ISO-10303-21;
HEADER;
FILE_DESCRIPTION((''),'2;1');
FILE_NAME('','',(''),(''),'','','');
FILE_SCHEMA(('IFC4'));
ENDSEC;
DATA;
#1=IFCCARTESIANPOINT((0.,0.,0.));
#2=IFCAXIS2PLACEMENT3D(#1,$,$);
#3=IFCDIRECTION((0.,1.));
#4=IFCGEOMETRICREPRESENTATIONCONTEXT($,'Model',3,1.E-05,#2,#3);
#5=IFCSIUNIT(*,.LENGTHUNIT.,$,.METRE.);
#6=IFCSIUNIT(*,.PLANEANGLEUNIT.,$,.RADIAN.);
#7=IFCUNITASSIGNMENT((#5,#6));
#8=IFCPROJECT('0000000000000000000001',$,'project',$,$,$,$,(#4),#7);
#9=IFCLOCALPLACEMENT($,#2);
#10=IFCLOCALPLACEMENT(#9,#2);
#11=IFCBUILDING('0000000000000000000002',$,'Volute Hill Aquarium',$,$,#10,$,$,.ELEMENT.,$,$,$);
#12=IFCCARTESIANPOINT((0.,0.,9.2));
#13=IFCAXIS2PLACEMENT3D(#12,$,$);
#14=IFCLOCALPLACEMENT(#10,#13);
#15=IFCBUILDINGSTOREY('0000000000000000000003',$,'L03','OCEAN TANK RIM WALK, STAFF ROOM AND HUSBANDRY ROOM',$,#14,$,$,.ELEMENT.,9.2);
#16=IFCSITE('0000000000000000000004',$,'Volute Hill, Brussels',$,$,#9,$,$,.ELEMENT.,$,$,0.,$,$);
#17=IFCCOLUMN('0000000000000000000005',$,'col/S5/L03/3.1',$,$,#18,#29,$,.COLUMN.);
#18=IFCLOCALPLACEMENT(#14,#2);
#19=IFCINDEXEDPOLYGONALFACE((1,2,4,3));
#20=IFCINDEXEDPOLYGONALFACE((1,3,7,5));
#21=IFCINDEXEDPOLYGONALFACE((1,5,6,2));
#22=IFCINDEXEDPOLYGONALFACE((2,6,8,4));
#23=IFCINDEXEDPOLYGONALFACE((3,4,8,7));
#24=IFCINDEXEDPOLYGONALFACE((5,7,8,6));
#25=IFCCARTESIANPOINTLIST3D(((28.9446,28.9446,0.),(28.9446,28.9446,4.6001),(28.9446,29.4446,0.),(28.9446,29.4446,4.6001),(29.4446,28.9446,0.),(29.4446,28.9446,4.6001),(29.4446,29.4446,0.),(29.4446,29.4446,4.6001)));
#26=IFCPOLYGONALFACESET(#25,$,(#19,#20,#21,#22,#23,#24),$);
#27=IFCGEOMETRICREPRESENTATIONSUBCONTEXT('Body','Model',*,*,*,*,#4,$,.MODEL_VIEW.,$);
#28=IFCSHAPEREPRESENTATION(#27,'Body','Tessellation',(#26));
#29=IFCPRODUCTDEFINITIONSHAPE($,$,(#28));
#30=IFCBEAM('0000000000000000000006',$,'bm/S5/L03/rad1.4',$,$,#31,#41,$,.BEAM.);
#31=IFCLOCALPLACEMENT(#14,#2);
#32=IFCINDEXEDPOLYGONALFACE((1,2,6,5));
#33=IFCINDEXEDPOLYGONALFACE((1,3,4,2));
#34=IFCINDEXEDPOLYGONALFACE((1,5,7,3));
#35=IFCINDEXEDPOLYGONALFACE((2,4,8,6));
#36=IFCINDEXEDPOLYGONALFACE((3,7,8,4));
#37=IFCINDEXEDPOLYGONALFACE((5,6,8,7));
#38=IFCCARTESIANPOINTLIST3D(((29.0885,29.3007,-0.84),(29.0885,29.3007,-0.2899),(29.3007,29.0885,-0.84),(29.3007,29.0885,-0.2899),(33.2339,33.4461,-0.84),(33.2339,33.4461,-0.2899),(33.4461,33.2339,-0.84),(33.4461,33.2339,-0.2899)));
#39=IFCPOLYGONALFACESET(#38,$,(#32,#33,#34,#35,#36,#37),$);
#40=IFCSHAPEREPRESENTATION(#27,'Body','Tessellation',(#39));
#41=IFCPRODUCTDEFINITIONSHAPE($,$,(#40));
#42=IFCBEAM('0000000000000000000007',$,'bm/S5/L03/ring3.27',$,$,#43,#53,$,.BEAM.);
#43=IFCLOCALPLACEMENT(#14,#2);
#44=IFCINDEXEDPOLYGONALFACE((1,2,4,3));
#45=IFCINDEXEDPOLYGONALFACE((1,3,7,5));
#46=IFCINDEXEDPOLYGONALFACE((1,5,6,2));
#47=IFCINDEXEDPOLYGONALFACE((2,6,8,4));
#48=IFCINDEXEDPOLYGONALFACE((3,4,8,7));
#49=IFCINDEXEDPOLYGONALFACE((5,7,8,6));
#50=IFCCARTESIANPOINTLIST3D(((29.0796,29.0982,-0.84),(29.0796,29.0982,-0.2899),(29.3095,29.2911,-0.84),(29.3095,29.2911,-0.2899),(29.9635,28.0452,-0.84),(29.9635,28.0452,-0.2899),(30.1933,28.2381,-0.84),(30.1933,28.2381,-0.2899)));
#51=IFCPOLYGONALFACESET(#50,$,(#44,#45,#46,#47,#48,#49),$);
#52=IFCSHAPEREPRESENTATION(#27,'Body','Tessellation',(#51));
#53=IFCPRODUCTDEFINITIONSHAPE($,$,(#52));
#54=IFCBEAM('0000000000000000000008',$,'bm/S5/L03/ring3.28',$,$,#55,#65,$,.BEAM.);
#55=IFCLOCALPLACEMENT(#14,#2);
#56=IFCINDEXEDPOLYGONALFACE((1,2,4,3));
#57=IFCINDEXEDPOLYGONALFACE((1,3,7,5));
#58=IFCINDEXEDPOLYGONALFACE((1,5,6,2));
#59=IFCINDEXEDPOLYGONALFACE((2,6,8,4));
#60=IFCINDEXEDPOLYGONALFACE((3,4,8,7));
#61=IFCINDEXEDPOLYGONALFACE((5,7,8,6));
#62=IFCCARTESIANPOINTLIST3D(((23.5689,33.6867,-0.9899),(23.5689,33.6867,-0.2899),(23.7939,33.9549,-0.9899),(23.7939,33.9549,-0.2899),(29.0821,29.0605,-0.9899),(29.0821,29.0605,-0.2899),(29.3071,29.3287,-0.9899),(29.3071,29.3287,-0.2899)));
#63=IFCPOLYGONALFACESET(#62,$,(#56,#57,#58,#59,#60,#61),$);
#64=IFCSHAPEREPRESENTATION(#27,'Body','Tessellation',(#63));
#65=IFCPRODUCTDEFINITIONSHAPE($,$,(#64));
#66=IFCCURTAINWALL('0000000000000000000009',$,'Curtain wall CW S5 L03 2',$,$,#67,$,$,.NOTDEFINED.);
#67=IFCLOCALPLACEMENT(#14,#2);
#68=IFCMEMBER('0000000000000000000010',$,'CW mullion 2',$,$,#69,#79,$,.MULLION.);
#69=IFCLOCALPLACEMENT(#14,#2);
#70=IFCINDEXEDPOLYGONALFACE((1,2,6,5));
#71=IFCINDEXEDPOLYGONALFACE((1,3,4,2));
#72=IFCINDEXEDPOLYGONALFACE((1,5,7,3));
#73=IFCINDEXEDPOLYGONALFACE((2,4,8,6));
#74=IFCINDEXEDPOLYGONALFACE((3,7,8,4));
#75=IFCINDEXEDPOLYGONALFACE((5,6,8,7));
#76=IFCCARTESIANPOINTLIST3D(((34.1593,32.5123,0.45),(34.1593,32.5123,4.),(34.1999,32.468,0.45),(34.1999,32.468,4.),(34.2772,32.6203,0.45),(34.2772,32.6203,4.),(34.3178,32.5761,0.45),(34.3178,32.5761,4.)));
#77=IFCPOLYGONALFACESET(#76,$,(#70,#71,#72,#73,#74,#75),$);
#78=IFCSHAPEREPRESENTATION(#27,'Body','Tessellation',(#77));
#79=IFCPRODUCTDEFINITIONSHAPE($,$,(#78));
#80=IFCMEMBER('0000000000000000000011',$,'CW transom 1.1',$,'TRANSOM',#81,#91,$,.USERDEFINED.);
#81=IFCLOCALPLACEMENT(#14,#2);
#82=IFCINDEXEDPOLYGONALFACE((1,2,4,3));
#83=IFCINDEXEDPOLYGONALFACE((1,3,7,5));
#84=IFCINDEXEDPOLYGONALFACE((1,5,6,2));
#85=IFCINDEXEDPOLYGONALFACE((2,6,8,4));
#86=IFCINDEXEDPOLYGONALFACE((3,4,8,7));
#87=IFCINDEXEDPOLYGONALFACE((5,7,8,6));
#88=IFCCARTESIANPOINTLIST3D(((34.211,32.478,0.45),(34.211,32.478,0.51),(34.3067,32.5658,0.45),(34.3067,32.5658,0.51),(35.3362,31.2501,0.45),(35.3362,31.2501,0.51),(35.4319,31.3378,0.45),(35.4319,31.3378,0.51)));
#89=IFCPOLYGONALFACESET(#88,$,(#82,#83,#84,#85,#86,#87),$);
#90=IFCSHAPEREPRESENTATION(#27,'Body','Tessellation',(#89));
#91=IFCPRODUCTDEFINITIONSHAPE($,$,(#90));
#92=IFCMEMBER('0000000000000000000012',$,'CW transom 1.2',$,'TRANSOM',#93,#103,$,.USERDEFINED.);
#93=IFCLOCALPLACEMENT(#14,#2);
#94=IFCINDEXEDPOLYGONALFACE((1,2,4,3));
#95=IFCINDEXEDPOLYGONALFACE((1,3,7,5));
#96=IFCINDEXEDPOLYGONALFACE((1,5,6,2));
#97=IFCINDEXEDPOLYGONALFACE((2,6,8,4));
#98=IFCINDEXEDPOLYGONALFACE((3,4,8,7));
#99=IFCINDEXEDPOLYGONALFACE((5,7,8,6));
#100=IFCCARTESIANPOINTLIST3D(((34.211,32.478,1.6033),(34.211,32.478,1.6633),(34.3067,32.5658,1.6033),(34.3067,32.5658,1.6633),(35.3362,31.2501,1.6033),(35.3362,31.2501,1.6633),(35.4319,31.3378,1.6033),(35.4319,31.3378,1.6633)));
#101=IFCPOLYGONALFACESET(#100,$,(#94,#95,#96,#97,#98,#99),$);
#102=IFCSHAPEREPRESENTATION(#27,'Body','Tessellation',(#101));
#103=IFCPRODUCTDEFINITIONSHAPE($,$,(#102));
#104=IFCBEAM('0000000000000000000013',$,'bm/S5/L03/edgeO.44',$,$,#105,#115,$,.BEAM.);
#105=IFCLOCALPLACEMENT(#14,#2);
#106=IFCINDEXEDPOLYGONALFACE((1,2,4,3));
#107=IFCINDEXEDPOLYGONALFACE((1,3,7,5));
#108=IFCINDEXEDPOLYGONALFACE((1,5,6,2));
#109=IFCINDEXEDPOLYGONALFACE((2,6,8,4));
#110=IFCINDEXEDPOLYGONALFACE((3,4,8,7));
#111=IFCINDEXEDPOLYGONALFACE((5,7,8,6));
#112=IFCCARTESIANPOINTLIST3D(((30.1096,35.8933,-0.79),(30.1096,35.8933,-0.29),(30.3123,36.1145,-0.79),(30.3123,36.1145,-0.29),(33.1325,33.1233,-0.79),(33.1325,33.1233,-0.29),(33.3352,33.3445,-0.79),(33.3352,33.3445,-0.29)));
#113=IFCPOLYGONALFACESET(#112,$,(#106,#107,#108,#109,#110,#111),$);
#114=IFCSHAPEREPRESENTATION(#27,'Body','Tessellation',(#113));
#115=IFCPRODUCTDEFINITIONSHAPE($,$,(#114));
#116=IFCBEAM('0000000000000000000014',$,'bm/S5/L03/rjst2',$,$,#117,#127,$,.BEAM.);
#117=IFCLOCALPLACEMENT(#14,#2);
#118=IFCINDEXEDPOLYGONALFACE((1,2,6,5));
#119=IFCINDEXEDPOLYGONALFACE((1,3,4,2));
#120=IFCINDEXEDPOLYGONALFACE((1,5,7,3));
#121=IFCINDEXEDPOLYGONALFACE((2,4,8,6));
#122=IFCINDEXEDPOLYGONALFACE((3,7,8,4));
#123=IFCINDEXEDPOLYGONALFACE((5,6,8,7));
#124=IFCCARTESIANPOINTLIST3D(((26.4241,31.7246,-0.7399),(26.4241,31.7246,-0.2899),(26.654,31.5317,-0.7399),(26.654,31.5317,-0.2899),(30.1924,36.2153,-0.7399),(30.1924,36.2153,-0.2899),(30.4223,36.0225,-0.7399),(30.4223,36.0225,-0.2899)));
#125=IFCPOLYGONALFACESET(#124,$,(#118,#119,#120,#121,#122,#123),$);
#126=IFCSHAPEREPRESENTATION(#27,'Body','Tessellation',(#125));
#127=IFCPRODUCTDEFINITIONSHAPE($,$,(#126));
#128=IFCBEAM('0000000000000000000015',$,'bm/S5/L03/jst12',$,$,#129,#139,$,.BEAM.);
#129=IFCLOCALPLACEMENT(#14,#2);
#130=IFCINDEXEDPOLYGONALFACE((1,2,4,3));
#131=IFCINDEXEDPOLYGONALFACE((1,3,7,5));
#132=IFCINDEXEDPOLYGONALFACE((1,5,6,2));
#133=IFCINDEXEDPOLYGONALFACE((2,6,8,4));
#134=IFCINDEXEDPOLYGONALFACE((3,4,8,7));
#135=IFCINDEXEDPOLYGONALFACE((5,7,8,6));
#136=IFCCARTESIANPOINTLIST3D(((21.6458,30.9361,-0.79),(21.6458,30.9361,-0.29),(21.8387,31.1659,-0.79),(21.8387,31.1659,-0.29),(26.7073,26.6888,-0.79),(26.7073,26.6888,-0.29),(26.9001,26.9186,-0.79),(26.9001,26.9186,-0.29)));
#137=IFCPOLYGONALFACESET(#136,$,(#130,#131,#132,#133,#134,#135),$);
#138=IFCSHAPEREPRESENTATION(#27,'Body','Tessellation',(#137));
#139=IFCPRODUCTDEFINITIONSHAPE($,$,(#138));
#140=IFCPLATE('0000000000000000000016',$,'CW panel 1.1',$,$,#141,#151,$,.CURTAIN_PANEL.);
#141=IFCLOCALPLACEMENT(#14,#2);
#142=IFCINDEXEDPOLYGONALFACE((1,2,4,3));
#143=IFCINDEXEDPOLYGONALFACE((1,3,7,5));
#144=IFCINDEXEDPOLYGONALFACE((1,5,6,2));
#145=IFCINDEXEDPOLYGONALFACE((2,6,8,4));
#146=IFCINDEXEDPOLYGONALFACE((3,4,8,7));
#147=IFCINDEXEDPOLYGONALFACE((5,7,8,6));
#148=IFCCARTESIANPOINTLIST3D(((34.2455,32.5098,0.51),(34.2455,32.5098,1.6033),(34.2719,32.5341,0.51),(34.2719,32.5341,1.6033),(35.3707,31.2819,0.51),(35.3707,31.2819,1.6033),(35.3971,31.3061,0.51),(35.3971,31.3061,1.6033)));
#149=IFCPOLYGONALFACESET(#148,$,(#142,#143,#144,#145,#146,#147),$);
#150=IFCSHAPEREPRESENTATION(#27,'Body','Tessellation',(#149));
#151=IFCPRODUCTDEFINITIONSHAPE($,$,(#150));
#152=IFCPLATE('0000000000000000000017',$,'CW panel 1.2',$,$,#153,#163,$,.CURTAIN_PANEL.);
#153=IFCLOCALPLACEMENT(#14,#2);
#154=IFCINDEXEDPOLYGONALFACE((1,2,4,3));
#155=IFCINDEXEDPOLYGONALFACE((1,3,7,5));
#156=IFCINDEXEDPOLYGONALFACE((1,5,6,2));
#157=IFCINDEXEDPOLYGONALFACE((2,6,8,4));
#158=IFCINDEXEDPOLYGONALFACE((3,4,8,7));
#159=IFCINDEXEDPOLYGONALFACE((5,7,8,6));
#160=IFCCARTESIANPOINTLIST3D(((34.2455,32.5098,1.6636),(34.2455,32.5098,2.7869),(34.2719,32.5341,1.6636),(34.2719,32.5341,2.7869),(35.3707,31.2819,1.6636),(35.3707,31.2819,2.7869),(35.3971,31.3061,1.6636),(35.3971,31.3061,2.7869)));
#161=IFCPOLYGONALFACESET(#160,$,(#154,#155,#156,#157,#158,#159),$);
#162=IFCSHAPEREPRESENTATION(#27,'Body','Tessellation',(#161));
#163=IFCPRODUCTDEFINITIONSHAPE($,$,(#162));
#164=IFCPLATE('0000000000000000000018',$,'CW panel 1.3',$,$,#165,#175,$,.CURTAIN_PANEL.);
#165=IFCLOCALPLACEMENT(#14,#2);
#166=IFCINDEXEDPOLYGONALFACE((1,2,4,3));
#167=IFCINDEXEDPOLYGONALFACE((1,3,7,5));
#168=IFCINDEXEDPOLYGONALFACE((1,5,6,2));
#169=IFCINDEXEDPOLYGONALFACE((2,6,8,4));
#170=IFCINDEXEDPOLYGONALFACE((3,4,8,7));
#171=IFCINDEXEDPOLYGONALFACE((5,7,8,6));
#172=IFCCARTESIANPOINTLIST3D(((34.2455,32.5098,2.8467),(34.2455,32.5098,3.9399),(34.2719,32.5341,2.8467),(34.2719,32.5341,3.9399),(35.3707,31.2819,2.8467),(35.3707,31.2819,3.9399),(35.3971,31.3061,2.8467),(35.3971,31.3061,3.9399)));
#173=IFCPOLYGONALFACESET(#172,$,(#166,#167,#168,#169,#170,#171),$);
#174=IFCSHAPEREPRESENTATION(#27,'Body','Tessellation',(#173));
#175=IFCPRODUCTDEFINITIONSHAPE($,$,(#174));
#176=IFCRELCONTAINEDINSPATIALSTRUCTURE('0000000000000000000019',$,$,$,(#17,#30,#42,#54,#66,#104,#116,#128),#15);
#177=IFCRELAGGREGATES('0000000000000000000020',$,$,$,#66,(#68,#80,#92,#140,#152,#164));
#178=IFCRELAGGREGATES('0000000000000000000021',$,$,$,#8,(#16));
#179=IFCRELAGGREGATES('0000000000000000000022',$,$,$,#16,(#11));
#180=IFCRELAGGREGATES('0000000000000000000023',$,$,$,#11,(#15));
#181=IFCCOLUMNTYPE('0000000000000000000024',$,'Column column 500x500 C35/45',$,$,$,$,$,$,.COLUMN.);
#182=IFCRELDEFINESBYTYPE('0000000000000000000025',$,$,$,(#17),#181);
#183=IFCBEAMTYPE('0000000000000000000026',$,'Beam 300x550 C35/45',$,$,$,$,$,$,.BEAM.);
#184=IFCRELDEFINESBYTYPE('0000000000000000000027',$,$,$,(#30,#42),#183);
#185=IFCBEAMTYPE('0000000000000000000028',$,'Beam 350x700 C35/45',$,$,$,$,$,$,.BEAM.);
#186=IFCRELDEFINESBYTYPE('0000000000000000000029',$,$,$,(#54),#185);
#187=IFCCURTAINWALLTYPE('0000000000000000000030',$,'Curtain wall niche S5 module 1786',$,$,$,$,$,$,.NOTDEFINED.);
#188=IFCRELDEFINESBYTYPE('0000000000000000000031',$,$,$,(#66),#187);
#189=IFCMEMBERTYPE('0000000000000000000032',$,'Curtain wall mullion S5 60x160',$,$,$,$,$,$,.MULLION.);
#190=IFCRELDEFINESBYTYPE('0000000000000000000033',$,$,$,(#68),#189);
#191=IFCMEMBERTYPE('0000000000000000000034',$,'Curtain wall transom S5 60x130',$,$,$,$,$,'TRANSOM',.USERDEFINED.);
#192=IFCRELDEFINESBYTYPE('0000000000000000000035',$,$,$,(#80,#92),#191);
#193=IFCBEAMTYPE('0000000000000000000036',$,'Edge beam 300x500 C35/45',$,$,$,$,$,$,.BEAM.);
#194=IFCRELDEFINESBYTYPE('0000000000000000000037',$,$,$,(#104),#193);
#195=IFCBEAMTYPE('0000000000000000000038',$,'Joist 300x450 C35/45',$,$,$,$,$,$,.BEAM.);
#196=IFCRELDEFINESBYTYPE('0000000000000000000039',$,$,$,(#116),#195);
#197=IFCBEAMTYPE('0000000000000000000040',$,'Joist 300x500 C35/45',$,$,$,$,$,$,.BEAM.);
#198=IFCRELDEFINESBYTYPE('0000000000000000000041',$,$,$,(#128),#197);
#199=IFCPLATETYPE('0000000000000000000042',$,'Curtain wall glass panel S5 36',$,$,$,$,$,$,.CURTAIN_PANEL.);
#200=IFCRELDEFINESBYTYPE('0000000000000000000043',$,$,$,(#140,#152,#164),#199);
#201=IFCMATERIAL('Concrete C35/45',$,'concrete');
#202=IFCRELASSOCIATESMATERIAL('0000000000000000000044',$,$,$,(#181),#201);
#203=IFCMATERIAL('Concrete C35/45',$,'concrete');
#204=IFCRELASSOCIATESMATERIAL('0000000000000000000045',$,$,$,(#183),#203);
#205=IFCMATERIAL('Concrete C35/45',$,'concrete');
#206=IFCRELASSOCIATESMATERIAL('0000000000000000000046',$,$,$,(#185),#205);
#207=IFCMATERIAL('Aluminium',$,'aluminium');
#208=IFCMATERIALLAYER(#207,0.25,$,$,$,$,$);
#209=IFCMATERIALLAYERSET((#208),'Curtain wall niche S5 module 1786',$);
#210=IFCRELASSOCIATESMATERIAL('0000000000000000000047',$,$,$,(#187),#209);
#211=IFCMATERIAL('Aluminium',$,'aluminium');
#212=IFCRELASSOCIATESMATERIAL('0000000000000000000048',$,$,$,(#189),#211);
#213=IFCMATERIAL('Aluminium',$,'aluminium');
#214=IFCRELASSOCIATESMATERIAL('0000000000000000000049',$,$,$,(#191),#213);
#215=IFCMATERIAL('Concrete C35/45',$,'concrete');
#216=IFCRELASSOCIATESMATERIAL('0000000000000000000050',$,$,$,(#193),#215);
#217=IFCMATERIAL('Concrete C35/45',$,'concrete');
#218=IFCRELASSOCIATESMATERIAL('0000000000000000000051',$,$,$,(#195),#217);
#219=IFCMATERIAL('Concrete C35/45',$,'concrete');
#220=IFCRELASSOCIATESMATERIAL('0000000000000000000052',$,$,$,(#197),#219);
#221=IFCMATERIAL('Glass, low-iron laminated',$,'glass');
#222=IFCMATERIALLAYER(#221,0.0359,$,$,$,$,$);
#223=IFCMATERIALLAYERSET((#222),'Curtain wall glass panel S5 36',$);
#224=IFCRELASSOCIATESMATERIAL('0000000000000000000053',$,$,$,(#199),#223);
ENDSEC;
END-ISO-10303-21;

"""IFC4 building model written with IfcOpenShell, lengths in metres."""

from ifc_helpers import new_model, si_unit, direction, frame, origin, origin_2d, place, context, subcontext, project, spatial, rectangle, extrude, material, layer, layer_set, material_profile, profile_set, type_object, element, aggregate, save


model = new_model("IFC4")

# Units and contexts
model_context = context("Model", 3, precision=1e-05, world=origin(), true_north=direction((0.0, 1.0)))
body_context = subcontext(model_context, "Body", "Model", "MODEL_VIEW")
ifc_project = project(units=[si_unit("LENGTHUNIT", "METRE"), si_unit("PLANEANGLEUNIT", "RADIAN")], contexts=[model_context])

# Site, building, storey
site_placement = place(None, origin())
site = spatial("IfcSite", under=ifc_project, at=site_placement, Name="Volute Hill, Brussels", CompositionType="ELEMENT", RefElevation=0.0)
building_placement = place(site_placement, origin())
building = spatial("IfcBuilding", under=site, at=building_placement, Name="Volute Hill Aquarium", CompositionType="ELEMENT")
storey_placement = place(building_placement, frame((0.0, 0.0, 9.2)))
storey = spatial("IfcBuildingStorey", under=building, at=storey_placement, Name="L03", Description="OCEAN TANK RIM WALK, STAFF ROOM AND HUSBANDRY ROOM", CompositionType="ELEMENT", Elevation=9.2)

# Column
ifc_material_1 = material(Name="Concrete C35/45", Category="concrete")
ifc_material_profile_1 = material_profile(ifc_material_1, rectangle(XDim=0.5, YDim=0.5, at=origin_2d()), Name="RC column 500x500")
ifc_profile_set_1 = profile_set([ifc_material_profile_1], Name="Concrete C35/45")
column_type = type_object("IfcColumnType", Name="Column column 500x500 C35/45", PredefinedType="COLUMN", material=ifc_profile_set_1)
column_placement = place(storey_placement, frame((29.1946, 29.1946, 0.0), z_axis=(0.0, 0.0, 1.0), x_axis=(1.0, 0.0, 0.0)))
element("IfcColumn", 1, at=column_placement, inside=storey, type_object=column_type, Name="col/S5/L03/3.1", PredefinedType="COLUMN", context=body_context, shape_type="SweptSolid", body=[
    extrude(rectangle(XDim=0.5, YDim=0.5, at=origin_2d()), origin(), (0.0, 0.0, 1.0), 4.6001),
])

# Beams
ifc_material_2 = material(Name="Concrete C35/45", Category="concrete")
ifc_material_profile_2 = material_profile(ifc_material_2, rectangle(XDim=0.3, YDim=0.55, at=origin_2d()), Name="RC beam 300x550")
ifc_profile_set_2 = profile_set([ifc_material_profile_2], Name="Concrete C35/45")
beam_type_1 = type_object("IfcBeamType", Name="Beam 300x550 C35/45", PredefinedType="BEAM", material=ifc_profile_set_2)
beam_1_placement = place(storey_placement, frame((29.1946, 29.1946, -0.5649), z_axis=(0.707107, 0.707107, 0.0), x_axis=(-0.707107, 0.707107, 0.0)))
element("IfcBeam", 2, at=beam_1_placement, inside=storey, type_object=beam_type_1, Name="bm/S5/L03/rad1.4", PredefinedType="BEAM", context=body_context, shape_type="SweptSolid", body=[
    extrude(rectangle(XDim=0.3, YDim=0.55, at=origin_2d()), origin(), (0.0, 0.0, 1.0), 5.8625),
])
beam_2_placement = place(storey_placement, frame((30.0784, 28.1416, -0.5649), z_axis=(-0.642888, 0.76596, 0.0), x_axis=(-0.76596, -0.642888, 0.0)))
element("IfcBeam", 3, at=beam_2_placement, inside=storey, type_object=beam_type_1, Name="bm/S5/L03/ring3.27", PredefinedType="BEAM", context=body_context, shape_type="SweptSolid", body=[
    extrude(rectangle(XDim=0.3, YDim=0.55, at=origin_2d()), origin(), (0.0, 0.0, 1.0), 1.3748),
])
ifc_material_3 = material(Name="Concrete C35/45", Category="concrete")
ifc_material_profile_3 = material_profile(ifc_material_3, rectangle(XDim=0.3501, YDim=0.7, at=origin_2d()), Name="RC beam 350x700")
ifc_profile_set_3 = profile_set([ifc_material_profile_3], Name="Concrete C35/45")
beam_type_2 = type_object("IfcBeamType", Name="Beam 350x700 C35/45", PredefinedType="BEAM", material=ifc_profile_set_3)
beam_3_placement = place(storey_placement, frame((29.1946, 29.1946, -0.6399), z_axis=(-0.766037, 0.642797, 0.0), x_axis=(-0.642797, -0.766037, 0.0)))
element("IfcBeam", 4, at=beam_3_placement, inside=storey, type_object=beam_type_2, Name="bm/S5/L03/ring3.28", PredefinedType="BEAM", context=body_context, shape_type="SweptSolid", body=[
    extrude(rectangle(XDim=0.3501, YDim=0.7, at=origin_2d()), origin(), (0.0, 0.0, 1.0), 7.197),
])

# Curtain wall, members
ifc_material_4 = material(Name="Aluminium", Category="aluminium")
ifc_layer_1 = layer(ifc_material_4, 0.25)
ifc_layer_set_1 = layer_set([ifc_layer_1], Name="Curtain wall niche S5 module 1786")
curtain_wall_type = type_object("IfcCurtainWallType", Name="Curtain wall niche S5 module 1786", PredefinedType="NOTDEFINED", material=ifc_layer_set_1)
curtain_wall_placement = place(storey_placement, origin())
curtain_wall = element("IfcCurtainWall", 5, at=curtain_wall_placement, inside=storey, type_object=curtain_wall_type, Name="Curtain wall CW S5 L03 2", PredefinedType="NOTDEFINED")
ifc_material_5 = material(Name="Aluminium", Category="aluminium")
ifc_material_profile_4 = material_profile(ifc_material_5, rectangle(XDim=0.1599, YDim=0.0601, at=origin_2d()), Name="Curtain wall mullion S5 60x160")
ifc_profile_set_4 = profile_set([ifc_material_profile_4], Name="Aluminium")
member_type_1 = type_object("IfcMemberType", Name="Curtain wall mullion S5 60x160", PredefinedType="MULLION", material=ifc_profile_set_4)
member_1_placement = place(storey_placement, frame((34.2385, 32.5442, 0.45), z_axis=(0.0, 0.0, 1.0), x_axis=(-0.737282, -0.675585, 0.0)))
member_1 = element("IfcMember", 6, at=member_1_placement, type_object=member_type_1, Name="CW mullion 2", PredefinedType="MULLION", context=body_context, shape_type="SweptSolid", body=[
    extrude(rectangle(XDim=0.1599, YDim=0.0601, at=origin_2d()), origin(), (0.0, 0.0, 1.0), 3.55),
])
ifc_material_6 = material(Name="Aluminium", Category="aluminium")
ifc_material_profile_5 = material_profile(ifc_material_6, rectangle(XDim=0.1299, YDim=0.0601, at=origin_2d()), Name="Curtain wall transom S5 60x130")
ifc_profile_set_5 = profile_set([ifc_material_profile_5], Name="Aluminium")
member_type_2 = type_object("IfcMemberType", Name="Curtain wall transom S5 60x130", ElementType="TRANSOM", PredefinedType="USERDEFINED", material=ifc_profile_set_5)
member_2_placement = place(storey_placement, frame((35.384, 31.2939, 0.48), z_axis=(-0.675579, 0.737288, 0.0), x_axis=(-0.737288, -0.675579, 0.0)))
member_2 = element("IfcMember", 7, at=member_2_placement, type_object=member_type_2, Name="CW transom 1.1", ObjectType="TRANSOM", PredefinedType="USERDEFINED", context=body_context, shape_type="SweptSolid", body=[
    extrude(rectangle(XDim=0.1299, YDim=0.0601, at=origin_2d()), origin(), (0.0, 0.0, 1.0), 1.6655),
])
member_3_placement = place(storey_placement, frame((35.384, 31.2939, 1.6333), z_axis=(-0.675579, 0.737288, 0.0), x_axis=(-0.737288, -0.675579, 0.0)))
member_3 = element("IfcMember", 8, at=member_3_placement, type_object=member_type_2, Name="CW transom 1.2", ObjectType="TRANSOM", PredefinedType="USERDEFINED", context=body_context, shape_type="SweptSolid", body=[
    extrude(rectangle(XDim=0.1299, YDim=0.0601, at=origin_2d()), origin(), (0.0, 0.0, 1.0), 1.6655),
])

# Beams
ifc_material_7 = material(Name="Concrete C35/45", Category="concrete")
ifc_material_profile_6 = material_profile(ifc_material_7, rectangle(XDim=0.3, YDim=0.5, at=origin_2d()), Name="RC edge beam 300x500")
ifc_profile_set_6 = profile_set([ifc_material_profile_6], Name="Concrete C35/45")
beam_type_3 = type_object("IfcBeamType", Name="Edge beam 300x500 C35/45", PredefinedType="BEAM", material=ifc_profile_set_6)
beam_4_placement = place(storey_placement, frame((33.2339, 33.2339, -0.54), z_axis=(-0.737278, 0.67559, 0.0), x_axis=(-0.67559, -0.737278, 0.0)))
element("IfcBeam", 9, at=beam_4_placement, inside=storey, type_object=beam_type_3, Name="bm/S5/L03/edgeO.44", PredefinedType="BEAM", context=body_context, shape_type="SweptSolid", body=[
    extrude(rectangle(XDim=0.3, YDim=0.5, at=origin_2d()), origin(), (0.0, 0.0, 1.0), 4.1001),
])
ifc_material_8 = material(Name="Concrete C35/45", Category="concrete")
ifc_material_profile_7 = material_profile(ifc_material_8, rectangle(XDim=0.3, YDim=0.45, at=origin_2d()), Name="RC joist 300x450")
ifc_profile_set_7 = profile_set([ifc_material_profile_7], Name="Concrete C35/45")
beam_type_4 = type_object("IfcBeamType", Name="Joist 300x450 C35/45", PredefinedType="BEAM", material=ifc_profile_set_7)
beam_5_placement = place(storey_placement, frame((26.5391, 31.6282, -0.5149), z_axis=(0.642802, 0.766032, 0.0), x_axis=(-0.766032, 0.642802, 0.0)))
element("IfcBeam", 10, at=beam_5_placement, inside=storey, type_object=beam_type_4, Name="bm/S5/L03/rjst2", PredefinedType="BEAM", context=body_context, shape_type="SweptSolid", body=[
    extrude(rectangle(XDim=0.3, YDim=0.45, at=origin_2d()), origin(), (0.0, 0.0, 1.0), 5.8623),
])
ifc_material_9 = material(Name="Concrete C35/45", Category="concrete")
ifc_material_profile_8 = material_profile(ifc_material_9, rectangle(XDim=0.3, YDim=0.5, at=origin_2d()), Name="RC joist 300x500")
ifc_profile_set_8 = profile_set([ifc_material_profile_8], Name="Concrete C35/45")
beam_type_5 = type_object("IfcBeamType", Name="Joist 300x500 C35/45", PredefinedType="BEAM", material=ifc_profile_set_8)
beam_6_placement = place(storey_placement, frame((26.8037, 26.8037, -0.54), z_axis=(-0.76603, 0.642805, 0.0), x_axis=(-0.642805, -0.76603, 0.0)))
element("IfcBeam", 11, at=beam_6_placement, inside=storey, type_object=beam_type_5, Name="bm/S5/L03/jst12", PredefinedType="BEAM", context=body_context, shape_type="SweptSolid", body=[
    extrude(rectangle(XDim=0.3, YDim=0.5, at=origin_2d()), origin(), (0.0, 0.0, 1.0), 6.6074),
])

# Plates
ifc_material_10 = material(Name="Glass, low-iron laminated", Category="glass")
ifc_layer_2 = layer(ifc_material_10, 0.0359)
ifc_layer_set_2 = layer_set([ifc_layer_2], Name="Curtain wall glass panel S5 36")
plate_type = type_object("IfcPlateType", Name="Curtain wall glass panel S5 36", PredefinedType="CURTAIN_PANEL", material=ifc_layer_set_2)
plate_1_placement = place(storey_placement, frame((34.8213, 31.908, 0.51), z_axis=(0.0, 0.0, 1.0), x_axis=(-0.675585, 0.737282, 0.0)))
plate_1 = element("IfcPlate", 12, at=plate_1_placement, type_object=plate_type, Name="CW panel 1.1", PredefinedType="CURTAIN_PANEL", context=body_context, shape_type="SweptSolid", body=[
    extrude(rectangle(XDim=1.6655, YDim=0.0359, at=origin_2d()), origin(), (0.0, 0.0, 1.0), 1.0933),
])
plate_2_placement = place(storey_placement, frame((34.8213, 31.908, 1.6636), z_axis=(0.0, 0.0, 1.0), x_axis=(-0.675585, 0.737282, 0.0)))
plate_2 = element("IfcPlate", 13, at=plate_2_placement, type_object=plate_type, Name="CW panel 1.2", PredefinedType="CURTAIN_PANEL", context=body_context, shape_type="SweptSolid", body=[
    extrude(rectangle(XDim=1.6655, YDim=0.0359, at=origin_2d()), origin(), (0.0, 0.0, 1.0), 1.1233),
])
plate_3_placement = place(storey_placement, frame((34.8213, 31.908, 2.8467), z_axis=(0.0, 0.0, 1.0), x_axis=(-0.675585, 0.737282, 0.0)))
plate_3 = element("IfcPlate", 14, at=plate_3_placement, type_object=plate_type, Name="CW panel 1.3", PredefinedType="CURTAIN_PANEL", context=body_context, shape_type="SweptSolid", body=[
    extrude(rectangle(XDim=1.6655, YDim=0.0359, at=origin_2d()), origin(), (0.0, 0.0, 1.0), 1.0933),
])
aggregate(curtain_wall, [member_1, member_2, member_3, plate_1, plate_2, plate_3])

save(model, "model.ifc")
